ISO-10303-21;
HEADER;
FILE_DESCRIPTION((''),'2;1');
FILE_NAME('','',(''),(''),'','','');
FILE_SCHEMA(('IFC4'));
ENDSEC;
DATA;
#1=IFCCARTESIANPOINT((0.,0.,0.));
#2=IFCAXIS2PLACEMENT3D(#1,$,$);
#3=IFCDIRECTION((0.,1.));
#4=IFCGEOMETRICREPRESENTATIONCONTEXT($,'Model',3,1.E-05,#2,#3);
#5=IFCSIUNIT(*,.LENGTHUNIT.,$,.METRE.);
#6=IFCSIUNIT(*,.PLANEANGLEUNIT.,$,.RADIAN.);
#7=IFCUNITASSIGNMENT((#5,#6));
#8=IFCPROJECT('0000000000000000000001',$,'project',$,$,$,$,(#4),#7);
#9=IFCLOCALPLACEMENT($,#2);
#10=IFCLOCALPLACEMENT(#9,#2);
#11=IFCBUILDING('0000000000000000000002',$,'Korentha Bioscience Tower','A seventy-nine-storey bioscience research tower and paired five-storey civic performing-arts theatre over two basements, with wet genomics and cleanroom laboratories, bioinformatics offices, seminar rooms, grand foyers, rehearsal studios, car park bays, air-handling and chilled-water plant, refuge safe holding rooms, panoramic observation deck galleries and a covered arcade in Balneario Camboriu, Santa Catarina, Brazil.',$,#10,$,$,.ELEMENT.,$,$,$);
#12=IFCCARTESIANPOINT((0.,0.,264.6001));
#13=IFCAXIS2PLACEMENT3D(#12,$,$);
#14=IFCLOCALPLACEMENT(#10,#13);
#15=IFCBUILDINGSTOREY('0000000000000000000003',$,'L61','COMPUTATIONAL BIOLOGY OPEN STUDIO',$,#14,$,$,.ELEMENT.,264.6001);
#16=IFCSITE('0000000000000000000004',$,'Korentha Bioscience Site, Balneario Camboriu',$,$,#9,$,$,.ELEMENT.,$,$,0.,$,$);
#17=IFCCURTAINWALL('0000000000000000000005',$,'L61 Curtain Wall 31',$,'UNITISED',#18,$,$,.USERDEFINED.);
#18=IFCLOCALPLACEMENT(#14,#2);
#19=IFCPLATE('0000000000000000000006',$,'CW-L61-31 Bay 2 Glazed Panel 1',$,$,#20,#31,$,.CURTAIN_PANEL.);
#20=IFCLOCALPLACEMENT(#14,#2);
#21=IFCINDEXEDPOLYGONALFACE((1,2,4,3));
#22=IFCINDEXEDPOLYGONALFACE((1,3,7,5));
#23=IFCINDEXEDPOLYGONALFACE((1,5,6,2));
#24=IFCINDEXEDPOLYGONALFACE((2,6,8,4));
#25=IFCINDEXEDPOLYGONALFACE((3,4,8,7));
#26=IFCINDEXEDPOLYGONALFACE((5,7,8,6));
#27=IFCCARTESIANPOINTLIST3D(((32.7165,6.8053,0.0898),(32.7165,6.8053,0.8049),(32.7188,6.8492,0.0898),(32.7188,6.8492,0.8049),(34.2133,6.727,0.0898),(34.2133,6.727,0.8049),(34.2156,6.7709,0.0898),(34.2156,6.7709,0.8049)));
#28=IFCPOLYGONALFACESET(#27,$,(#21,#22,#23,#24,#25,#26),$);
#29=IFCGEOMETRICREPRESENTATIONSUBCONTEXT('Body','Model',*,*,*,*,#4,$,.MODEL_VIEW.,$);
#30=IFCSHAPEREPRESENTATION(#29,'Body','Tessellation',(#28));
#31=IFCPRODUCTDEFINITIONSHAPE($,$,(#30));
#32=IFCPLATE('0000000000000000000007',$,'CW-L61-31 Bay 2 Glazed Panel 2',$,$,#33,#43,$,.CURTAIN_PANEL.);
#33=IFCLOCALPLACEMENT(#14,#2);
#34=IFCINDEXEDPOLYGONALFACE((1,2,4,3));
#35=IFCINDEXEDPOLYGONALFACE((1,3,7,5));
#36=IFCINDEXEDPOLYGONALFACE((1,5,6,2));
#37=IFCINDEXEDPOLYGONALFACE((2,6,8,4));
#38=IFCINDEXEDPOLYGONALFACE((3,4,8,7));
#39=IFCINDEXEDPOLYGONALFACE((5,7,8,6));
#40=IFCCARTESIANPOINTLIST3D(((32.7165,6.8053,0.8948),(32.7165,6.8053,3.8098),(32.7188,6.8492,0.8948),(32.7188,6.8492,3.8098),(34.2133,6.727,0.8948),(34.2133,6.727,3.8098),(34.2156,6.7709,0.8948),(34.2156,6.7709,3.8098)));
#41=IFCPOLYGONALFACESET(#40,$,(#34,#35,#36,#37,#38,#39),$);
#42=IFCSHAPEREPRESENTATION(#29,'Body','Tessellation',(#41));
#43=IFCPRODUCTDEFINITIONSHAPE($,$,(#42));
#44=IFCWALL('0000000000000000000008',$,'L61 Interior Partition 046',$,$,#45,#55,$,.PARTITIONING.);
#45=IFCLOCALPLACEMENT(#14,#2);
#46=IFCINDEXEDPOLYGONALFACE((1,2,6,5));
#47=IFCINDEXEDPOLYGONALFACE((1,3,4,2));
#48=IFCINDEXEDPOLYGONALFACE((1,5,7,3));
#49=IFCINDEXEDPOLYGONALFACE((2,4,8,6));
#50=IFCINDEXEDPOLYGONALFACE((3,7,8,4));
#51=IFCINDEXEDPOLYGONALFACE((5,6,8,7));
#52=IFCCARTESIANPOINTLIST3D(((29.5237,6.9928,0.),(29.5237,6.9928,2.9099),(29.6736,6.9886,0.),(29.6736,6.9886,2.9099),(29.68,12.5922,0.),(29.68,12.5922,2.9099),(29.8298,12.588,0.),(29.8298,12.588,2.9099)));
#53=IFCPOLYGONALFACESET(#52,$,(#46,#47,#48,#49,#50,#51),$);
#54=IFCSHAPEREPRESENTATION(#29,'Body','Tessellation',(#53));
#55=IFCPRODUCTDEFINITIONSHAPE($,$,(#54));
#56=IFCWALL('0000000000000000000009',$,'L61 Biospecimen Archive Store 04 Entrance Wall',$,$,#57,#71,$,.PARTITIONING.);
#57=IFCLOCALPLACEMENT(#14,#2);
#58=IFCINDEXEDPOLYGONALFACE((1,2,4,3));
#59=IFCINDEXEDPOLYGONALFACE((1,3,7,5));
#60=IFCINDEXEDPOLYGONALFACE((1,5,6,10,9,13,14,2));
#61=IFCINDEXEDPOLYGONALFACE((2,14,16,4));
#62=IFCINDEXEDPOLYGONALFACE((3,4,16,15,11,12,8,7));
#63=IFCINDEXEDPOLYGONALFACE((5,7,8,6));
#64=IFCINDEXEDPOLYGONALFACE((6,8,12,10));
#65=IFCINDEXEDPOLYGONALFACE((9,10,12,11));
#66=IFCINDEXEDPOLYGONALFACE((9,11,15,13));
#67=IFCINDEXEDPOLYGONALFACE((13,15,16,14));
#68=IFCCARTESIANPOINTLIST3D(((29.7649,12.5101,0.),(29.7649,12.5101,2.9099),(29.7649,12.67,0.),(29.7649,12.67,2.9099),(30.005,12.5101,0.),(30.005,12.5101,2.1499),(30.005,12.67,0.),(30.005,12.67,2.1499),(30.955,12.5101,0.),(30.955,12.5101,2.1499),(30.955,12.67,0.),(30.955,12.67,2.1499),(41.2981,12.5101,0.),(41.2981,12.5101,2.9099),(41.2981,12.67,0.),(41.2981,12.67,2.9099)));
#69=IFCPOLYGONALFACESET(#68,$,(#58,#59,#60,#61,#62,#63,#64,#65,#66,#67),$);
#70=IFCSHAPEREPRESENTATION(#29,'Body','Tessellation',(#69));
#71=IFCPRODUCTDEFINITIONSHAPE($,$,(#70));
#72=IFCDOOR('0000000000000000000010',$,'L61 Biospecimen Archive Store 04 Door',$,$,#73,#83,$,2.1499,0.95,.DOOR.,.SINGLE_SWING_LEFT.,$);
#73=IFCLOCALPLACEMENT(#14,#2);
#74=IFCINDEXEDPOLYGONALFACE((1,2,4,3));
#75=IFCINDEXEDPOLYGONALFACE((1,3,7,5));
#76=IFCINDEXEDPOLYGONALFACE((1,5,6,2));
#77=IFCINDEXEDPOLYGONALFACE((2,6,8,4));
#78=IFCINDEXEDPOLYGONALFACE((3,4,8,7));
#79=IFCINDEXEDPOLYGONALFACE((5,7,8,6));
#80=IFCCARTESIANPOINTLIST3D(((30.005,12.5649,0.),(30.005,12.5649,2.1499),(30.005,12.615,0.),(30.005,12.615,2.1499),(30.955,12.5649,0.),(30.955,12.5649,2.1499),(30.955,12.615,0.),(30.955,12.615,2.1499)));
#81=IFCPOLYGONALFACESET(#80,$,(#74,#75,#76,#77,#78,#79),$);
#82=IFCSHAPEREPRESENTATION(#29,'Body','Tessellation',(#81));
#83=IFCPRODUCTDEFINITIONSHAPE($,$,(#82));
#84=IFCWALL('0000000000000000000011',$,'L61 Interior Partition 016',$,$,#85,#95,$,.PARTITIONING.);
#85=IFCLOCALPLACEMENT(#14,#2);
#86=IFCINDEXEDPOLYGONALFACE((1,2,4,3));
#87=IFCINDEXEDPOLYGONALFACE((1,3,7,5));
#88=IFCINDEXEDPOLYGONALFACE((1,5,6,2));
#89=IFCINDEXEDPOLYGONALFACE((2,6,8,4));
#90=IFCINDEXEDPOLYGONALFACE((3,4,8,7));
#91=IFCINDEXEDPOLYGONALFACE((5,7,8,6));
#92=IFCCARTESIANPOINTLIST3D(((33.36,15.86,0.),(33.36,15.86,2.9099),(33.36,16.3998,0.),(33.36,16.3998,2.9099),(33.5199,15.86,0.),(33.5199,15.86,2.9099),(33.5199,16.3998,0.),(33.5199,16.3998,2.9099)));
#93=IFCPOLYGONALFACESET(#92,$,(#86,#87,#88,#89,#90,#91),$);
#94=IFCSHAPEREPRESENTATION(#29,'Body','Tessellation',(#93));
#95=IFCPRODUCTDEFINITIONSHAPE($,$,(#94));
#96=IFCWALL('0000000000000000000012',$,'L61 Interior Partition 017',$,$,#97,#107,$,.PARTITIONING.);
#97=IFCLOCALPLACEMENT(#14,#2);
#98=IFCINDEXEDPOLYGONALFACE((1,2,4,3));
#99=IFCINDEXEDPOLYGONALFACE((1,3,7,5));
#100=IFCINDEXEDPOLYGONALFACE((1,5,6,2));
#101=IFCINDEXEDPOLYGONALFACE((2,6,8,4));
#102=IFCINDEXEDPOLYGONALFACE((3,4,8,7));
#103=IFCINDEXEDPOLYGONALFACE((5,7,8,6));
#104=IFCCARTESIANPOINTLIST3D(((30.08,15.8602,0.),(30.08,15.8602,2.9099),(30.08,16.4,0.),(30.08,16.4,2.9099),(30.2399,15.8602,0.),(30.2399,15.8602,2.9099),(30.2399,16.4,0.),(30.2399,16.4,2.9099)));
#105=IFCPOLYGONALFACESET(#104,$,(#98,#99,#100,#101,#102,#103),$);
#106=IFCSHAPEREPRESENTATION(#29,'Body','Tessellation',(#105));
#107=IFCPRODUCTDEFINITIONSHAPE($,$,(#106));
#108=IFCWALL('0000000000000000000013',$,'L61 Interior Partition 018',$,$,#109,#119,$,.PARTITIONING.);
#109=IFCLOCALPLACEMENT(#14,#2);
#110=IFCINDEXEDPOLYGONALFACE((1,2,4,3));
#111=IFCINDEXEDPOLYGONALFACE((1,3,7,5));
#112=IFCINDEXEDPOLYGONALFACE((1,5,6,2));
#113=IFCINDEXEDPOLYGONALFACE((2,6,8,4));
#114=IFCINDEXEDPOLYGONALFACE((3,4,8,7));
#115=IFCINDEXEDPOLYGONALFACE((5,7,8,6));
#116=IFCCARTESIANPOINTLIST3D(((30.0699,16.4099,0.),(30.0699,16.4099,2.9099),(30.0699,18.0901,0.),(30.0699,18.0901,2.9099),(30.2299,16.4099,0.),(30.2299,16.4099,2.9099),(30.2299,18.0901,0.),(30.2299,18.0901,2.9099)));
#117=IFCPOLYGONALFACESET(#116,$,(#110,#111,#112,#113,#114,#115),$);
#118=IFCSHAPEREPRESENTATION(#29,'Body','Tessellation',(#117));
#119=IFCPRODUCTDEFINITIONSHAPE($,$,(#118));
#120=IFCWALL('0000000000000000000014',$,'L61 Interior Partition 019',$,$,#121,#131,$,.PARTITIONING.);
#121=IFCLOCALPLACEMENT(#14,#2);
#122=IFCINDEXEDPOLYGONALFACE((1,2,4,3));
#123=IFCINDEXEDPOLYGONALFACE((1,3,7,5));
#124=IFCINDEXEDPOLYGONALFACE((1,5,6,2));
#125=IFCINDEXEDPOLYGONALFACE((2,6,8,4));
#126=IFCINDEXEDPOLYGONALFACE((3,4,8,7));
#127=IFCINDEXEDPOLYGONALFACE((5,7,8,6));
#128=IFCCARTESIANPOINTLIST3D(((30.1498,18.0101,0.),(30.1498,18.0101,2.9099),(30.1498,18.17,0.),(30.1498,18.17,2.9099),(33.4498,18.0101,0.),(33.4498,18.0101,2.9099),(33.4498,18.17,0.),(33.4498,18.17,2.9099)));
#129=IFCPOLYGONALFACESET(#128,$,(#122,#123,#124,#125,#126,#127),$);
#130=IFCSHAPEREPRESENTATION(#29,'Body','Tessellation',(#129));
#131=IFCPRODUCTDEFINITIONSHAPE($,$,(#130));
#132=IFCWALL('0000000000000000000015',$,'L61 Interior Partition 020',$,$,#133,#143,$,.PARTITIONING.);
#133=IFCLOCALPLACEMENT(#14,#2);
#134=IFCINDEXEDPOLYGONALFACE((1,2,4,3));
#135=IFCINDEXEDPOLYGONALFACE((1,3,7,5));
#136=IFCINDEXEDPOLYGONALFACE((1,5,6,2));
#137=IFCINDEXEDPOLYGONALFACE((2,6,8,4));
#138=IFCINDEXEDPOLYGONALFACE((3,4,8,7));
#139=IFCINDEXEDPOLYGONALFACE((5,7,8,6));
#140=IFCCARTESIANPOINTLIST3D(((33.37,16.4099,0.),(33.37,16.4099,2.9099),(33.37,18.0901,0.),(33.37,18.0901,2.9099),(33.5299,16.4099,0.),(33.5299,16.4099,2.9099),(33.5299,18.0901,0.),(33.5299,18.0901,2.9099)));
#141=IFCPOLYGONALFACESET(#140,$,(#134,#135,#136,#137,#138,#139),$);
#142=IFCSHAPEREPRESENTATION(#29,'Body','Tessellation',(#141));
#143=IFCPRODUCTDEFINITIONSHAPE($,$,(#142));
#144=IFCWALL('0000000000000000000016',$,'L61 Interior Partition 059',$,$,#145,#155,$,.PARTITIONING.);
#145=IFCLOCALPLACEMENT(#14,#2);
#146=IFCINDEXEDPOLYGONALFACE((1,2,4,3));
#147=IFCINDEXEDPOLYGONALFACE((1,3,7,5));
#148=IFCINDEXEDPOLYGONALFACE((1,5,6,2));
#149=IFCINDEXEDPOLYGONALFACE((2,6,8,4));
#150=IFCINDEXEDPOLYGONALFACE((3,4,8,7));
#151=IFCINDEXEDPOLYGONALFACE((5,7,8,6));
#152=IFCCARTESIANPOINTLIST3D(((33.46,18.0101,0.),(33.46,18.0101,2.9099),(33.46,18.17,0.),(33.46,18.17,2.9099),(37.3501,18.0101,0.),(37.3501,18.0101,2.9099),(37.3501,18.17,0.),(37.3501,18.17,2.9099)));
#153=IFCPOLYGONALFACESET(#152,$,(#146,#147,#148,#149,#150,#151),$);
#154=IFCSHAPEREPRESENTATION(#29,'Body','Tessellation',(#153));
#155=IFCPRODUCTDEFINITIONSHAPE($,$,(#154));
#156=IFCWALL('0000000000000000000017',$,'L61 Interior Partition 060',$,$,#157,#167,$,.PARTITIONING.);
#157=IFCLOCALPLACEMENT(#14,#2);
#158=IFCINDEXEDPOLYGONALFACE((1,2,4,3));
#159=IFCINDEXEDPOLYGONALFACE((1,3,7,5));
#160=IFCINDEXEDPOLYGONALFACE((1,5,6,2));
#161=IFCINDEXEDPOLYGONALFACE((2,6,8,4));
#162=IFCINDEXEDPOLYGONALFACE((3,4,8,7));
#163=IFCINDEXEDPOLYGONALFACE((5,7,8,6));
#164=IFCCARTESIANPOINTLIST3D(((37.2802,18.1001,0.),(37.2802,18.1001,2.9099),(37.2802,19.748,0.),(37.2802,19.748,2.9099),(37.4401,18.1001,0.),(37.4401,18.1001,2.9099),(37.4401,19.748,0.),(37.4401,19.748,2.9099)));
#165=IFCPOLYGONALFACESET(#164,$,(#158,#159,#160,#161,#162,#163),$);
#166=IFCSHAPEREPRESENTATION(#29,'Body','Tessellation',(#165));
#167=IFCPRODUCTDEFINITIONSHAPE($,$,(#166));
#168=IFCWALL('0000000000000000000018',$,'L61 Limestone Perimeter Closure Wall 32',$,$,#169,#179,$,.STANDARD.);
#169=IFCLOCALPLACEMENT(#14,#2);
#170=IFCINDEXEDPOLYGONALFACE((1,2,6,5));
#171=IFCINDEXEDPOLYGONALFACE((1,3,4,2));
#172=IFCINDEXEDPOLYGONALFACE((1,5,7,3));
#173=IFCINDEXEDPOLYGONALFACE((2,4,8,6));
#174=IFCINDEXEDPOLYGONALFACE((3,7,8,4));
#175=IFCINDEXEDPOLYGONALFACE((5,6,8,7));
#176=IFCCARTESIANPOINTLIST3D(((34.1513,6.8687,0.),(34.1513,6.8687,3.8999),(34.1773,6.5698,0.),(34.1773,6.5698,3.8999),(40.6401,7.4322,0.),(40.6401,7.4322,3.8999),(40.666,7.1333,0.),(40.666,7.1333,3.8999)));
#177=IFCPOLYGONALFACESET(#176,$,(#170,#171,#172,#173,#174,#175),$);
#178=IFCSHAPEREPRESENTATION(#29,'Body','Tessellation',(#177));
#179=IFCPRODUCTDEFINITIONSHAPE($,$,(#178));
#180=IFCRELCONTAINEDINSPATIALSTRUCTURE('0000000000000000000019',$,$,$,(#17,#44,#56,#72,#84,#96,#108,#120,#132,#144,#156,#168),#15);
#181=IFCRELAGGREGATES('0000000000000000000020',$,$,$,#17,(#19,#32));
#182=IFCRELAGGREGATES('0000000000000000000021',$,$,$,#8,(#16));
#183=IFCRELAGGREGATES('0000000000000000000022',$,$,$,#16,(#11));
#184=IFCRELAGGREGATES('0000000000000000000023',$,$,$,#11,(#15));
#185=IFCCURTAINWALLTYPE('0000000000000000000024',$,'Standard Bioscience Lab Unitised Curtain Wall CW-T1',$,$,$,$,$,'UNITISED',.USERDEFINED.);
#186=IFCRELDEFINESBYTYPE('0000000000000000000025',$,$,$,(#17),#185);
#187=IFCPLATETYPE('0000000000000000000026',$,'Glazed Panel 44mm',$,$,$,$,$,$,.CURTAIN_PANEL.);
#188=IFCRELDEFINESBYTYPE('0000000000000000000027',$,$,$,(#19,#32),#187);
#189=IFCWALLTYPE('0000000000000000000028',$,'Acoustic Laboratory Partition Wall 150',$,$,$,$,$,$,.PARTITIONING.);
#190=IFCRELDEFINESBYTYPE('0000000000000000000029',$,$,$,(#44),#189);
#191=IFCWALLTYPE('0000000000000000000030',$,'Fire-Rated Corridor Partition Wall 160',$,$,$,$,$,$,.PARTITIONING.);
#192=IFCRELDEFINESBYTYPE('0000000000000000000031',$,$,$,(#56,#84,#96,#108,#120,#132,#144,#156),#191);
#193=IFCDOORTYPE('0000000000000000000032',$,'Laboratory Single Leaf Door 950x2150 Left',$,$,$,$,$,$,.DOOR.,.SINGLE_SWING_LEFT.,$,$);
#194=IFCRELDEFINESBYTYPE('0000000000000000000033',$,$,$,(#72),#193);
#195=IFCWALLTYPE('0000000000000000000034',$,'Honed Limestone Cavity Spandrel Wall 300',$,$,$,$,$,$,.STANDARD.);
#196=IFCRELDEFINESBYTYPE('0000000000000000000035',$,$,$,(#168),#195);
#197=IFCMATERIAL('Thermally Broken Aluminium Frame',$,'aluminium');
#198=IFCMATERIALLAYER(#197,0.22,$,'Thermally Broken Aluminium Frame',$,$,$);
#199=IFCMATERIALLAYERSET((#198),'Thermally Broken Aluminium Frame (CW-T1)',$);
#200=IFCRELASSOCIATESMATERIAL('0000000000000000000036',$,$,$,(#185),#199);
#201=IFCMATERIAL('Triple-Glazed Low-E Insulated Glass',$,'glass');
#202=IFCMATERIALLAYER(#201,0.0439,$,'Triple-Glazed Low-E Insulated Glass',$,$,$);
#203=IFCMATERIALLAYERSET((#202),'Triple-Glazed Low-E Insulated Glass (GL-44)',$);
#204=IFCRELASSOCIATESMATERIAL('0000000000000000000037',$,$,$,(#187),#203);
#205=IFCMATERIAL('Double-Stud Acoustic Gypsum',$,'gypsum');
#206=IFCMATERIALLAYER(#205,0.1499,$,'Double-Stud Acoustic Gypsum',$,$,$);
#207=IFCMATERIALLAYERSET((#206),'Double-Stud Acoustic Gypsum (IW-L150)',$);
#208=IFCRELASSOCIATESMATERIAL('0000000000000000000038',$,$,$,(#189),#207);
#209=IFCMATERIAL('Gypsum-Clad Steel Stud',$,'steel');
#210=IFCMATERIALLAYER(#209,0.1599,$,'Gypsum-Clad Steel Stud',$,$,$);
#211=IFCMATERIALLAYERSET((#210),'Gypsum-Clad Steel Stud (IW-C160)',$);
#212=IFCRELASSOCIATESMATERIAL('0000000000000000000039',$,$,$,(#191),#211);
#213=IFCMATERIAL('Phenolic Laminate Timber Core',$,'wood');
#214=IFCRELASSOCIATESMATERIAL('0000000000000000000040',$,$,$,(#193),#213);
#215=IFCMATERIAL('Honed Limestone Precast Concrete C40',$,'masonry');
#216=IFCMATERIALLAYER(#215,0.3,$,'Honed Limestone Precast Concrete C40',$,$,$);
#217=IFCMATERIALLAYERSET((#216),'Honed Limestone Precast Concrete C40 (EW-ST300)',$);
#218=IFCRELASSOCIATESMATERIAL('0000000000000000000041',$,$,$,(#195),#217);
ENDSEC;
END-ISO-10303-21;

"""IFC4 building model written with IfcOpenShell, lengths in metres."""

from ifc_helpers import new_model, si_unit, direction, frame, frame_2d, origin, origin_2d, place, context, subcontext, project, spatial, rectangle, extrude, material, layer, layer_set, type_object, element, fill, aggregate, save


model = new_model("IFC4")

# Units and contexts
model_context = context("Model", 3, precision=1e-05, world=origin(), true_north=direction((0.0, 1.0)))
body_context = subcontext(model_context, "Body", "Model", "MODEL_VIEW")
ifc_project = project(units=[si_unit("LENGTHUNIT", "METRE"), si_unit("PLANEANGLEUNIT", "RADIAN")], contexts=[model_context])

# Site, building, storey
site_placement = place(None, origin())
site = spatial("IfcSite", under=ifc_project, at=site_placement, Name="Korentha Bioscience Site, Balneario Camboriu", CompositionType="ELEMENT", RefElevation=0.0)
building_placement = place(site_placement, origin())
building = spatial("IfcBuilding", under=site, at=building_placement, Name="Korentha Bioscience Tower", Description="A seventy-nine-storey bioscience research tower and paired five-storey civic performing-arts theatre over two basements, with wet genomics and cleanroom laboratories, bioinformatics offices, seminar rooms, grand foyers, rehearsal studios, car park bays, air-handling and chilled-water plant, refuge safe holding rooms, panoramic observation deck galleries and a covered arcade in Balneario Camboriu, Santa Catarina, Brazil.", CompositionType="ELEMENT")
storey_placement = place(building_placement, frame((0.0, 0.0, 264.6001)))
storey = spatial("IfcBuildingStorey", under=building, at=storey_placement, Name="L61", Description="COMPUTATIONAL BIOLOGY OPEN STUDIO", CompositionType="ELEMENT", Elevation=264.6001)

# Curtain wall
ifc_material_1 = material(Name="Thermally Broken Aluminium Frame", Category="aluminium")
ifc_layer_1 = layer(ifc_material_1, 0.22, Name="Thermally Broken Aluminium Frame")
ifc_layer_set_1 = layer_set([ifc_layer_1], Name="Thermally Broken Aluminium Frame (CW-T1)")
curtain_wall_type = type_object("IfcCurtainWallType", Name="Standard Bioscience Lab Unitised Curtain Wall CW-T1", ElementType="UNITISED", PredefinedType="USERDEFINED", material=ifc_layer_set_1)
curtain_wall_placement = place(storey_placement, origin())
curtain_wall = element("IfcCurtainWall", 1, at=curtain_wall_placement, inside=storey, type_object=curtain_wall_type, Name="L61 Curtain Wall 31", ObjectType="UNITISED", PredefinedType="USERDEFINED")

# Plates
ifc_material_2 = material(Name="Triple-Glazed Low-E Insulated Glass", Category="glass")
ifc_layer_2 = layer(ifc_material_2, 0.0439, Name="Triple-Glazed Low-E Insulated Glass")
ifc_layer_set_2 = layer_set([ifc_layer_2], Name="Triple-Glazed Low-E Insulated Glass (GL-44)")
plate_type = type_object("IfcPlateType", Name="Glazed Panel 44mm", PredefinedType="CURTAIN_PANEL", material=ifc_layer_set_2)
plate_1_placement = place(storey_placement, frame((33.4661, 6.7881, 0.0898), z_axis=(0.0, 0.0, 1.0), x_axis=(0.998636, -0.05221, 0.0)))
plate_1 = element("IfcPlate", 2, at=plate_1_placement, type_object=plate_type, Name="CW-L61-31 Bay 2 Glazed Panel 1", PredefinedType="CURTAIN_PANEL", context=body_context, shape_type="SweptSolid", body=[
    extrude(rectangle(XDim=1.4988, YDim=0.0439, at=origin_2d()), origin(), (0.0, 0.0, 1.0), 0.7151),
])
plate_2_placement = place(storey_placement, frame((33.4661, 6.7881, 0.8948), z_axis=(0.0, 0.0, 1.0), x_axis=(0.998636, -0.05221, 0.0)))
plate_2 = element("IfcPlate", 3, at=plate_2_placement, type_object=plate_type, Name="CW-L61-31 Bay 2 Glazed Panel 2", PredefinedType="CURTAIN_PANEL", context=body_context, shape_type="SweptSolid", body=[
    extrude(rectangle(XDim=1.4988, YDim=0.0439, at=origin_2d()), origin(), (0.0, 0.0, 1.0), 2.915),
])
aggregate(curtain_wall, [plate_1, plate_2])

# Wall
ifc_material_3 = material(Name="Double-Stud Acoustic Gypsum", Category="gypsum")
ifc_layer_3 = layer(ifc_material_3, 0.1499, Name="Double-Stud Acoustic Gypsum")
ifc_layer_set_3 = layer_set([ifc_layer_3], Name="Double-Stud Acoustic Gypsum (IW-L150)")
wall_type_1 = type_object("IfcWallType", Name="Acoustic Laboratory Partition Wall 150", PredefinedType="PARTITIONING", material=ifc_layer_set_3)
wall_1_placement = place(storey_placement, frame((29.7549, 12.5901, 0.0), z_axis=(0.0, 0.0, 1.0), x_axis=(-0.027894, -0.999611, 0.0)))
element("IfcWall", 4, at=wall_1_placement, inside=storey, type_object=wall_type_1, Name="L61 Interior Partition 046", PredefinedType="PARTITIONING", context=body_context, shape_type="SweptSolid", body=[
    extrude(rectangle(XDim=5.6016, YDim=0.1499, at=frame_2d((2.8008, 0.0))), origin(), (0.0, 0.0, 1.0), 2.9099),
])

# Wall, opening, door
ifc_material_4 = material(Name="Gypsum-Clad Steel Stud", Category="steel")
ifc_layer_4 = layer(ifc_material_4, 0.1599, Name="Gypsum-Clad Steel Stud")
ifc_layer_set_4 = layer_set([ifc_layer_4], Name="Gypsum-Clad Steel Stud (IW-C160)")
wall_type_2 = type_object("IfcWallType", Name="Fire-Rated Corridor Partition Wall 160", PredefinedType="PARTITIONING", material=ifc_layer_set_4)
ifc_material_5 = material(Name="Phenolic Laminate Timber Core", Category="wood")
wall_2_placement = place(storey_placement, frame((29.7649, 12.5901, 0.0), z_axis=(0.0, 0.0, 1.0), x_axis=(1.0, 0.0, 0.0)))
wall_2 = element("IfcWall", 5, at=wall_2_placement, inside=storey, type_object=wall_type_2, Name="L61 Biospecimen Archive Store 04 Entrance Wall", PredefinedType="PARTITIONING", context=body_context, shape_type="SweptSolid", body=[
    extrude(rectangle(XDim=11.5332, YDim=0.1599, at=frame_2d((5.7666, 0.0))), origin(), (0.0, 0.0, 1.0), 2.9099),
])
opening_1_placement = place(wall_2_placement, frame((0.24, 0.0, 0.0)))
opening_1 = element("IfcOpeningElement", 6, at=opening_1_placement, cuts=wall_2, PredefinedType="OPENING", context=body_context, shape_type="SweptSolid", body=[
    extrude(rectangle(XDim=0.95, YDim=2.1499, at=frame_2d((0.4751, 1.075))), frame((0.0, 0.0947, 0.0), z_axis=(0.0, -1.0, 0.0), x_axis=(1.0, 0.0, 0.0)), (0.0, 0.0, 1.0), 0.1897),
])
door_type_1 = type_object("IfcDoorType", Name="Laboratory Single Leaf Door 950x2150 Left", OperationType="SINGLE_SWING_LEFT", PredefinedType="DOOR", material=ifc_material_5)
door_1_placement = place(opening_1_placement, origin())
door_1 = element("IfcDoor", 7, at=door_1_placement, inside=storey, type_object=door_type_1, Name="L61 Biospecimen Archive Store 04 Door", OperationType="SINGLE_SWING_LEFT", OverallHeight=2.1499, OverallWidth=0.95, PredefinedType="DOOR", context=body_context, shape_type="SweptSolid", body=[
    extrude(rectangle(XDim=0.95, YDim=2.1499, at=frame_2d((0.4751, 1.075))), frame((0.0, 0.0249, 0.0), z_axis=(0.0, -1.0, 0.0), x_axis=(1.0, 0.0, 0.0)), (0.0, 0.0, 1.0), 0.05),
])
fill(opening_1, door_1)

# Walls
for number, where, z_axis, x_axis, name in (
    (8, (33.4399, 16.3999, 0.0), (0.0, 0.0, 1.0), (0.0, -1.0, 0.0), "L61 Interior Partition 016"),
    (9, (30.1599, 15.8601, 0.0), (0.0, 0.0, 1.0), (0.0, 1.0, 0.0), "L61 Interior Partition 017"),
):
    element("IfcWall", number, at=place(storey_placement, frame(where, z_axis=z_axis, x_axis=x_axis)), inside=storey, type_object=wall_type_2, Name=name, PredefinedType="PARTITIONING", context=body_context, shape_type="SweptSolid", body=[
        extrude(rectangle(XDim=0.5398, YDim=0.1599, at=frame_2d((0.27, 0.0))), origin(), (0.0, 0.0, 1.0), 2.9099),
    ])
wall_3_placement = place(storey_placement, frame((30.1499, 16.4099, 0.0), z_axis=(0.0, 0.0, 1.0), x_axis=(0.0, 1.0, 0.0)))
element("IfcWall", 10, at=wall_3_placement, inside=storey, type_object=wall_type_2, Name="L61 Interior Partition 018", PredefinedType="PARTITIONING", context=body_context, shape_type="SweptSolid", body=[
    extrude(rectangle(XDim=1.6802, YDim=0.1599, at=frame_2d((0.8401, 0.0))), origin(), (0.0, 0.0, 1.0), 2.9099),
])
wall_4_placement = place(storey_placement, frame((30.1499, 18.0901, 0.0), z_axis=(0.0, 0.0, 1.0), x_axis=(1.0, 0.0, 0.0)))
element("IfcWall", 11, at=wall_4_placement, inside=storey, type_object=wall_type_2, Name="L61 Interior Partition 019", PredefinedType="PARTITIONING", context=body_context, shape_type="SweptSolid", body=[
    extrude(rectangle(XDim=3.3, YDim=0.1599, at=frame_2d((1.6499, 0.0))), origin(), (0.0, 0.0, 1.0), 2.9099),
])
wall_5_placement = place(storey_placement, frame((33.45, 18.0901, 0.0), z_axis=(0.0, 0.0, 1.0), x_axis=(0.0, -1.0, 0.0)))
element("IfcWall", 12, at=wall_5_placement, inside=storey, type_object=wall_type_2, Name="L61 Interior Partition 020", PredefinedType="PARTITIONING", context=body_context, shape_type="SweptSolid", body=[
    extrude(rectangle(XDim=1.6802, YDim=0.1599, at=frame_2d((0.8401, 0.0))), origin(), (0.0, 0.0, 1.0), 2.9099),
])
wall_6_placement = place(storey_placement, frame((33.46, 18.0901, 0.0), z_axis=(0.0, 0.0, 1.0), x_axis=(1.0, 0.0, 0.0)))
element("IfcWall", 13, at=wall_6_placement, inside=storey, type_object=wall_type_2, Name="L61 Interior Partition 059", PredefinedType="PARTITIONING", context=body_context, shape_type="SweptSolid", body=[
    extrude(rectangle(XDim=3.8901, YDim=0.1599, at=frame_2d((1.9451, 0.0))), origin(), (0.0, 0.0, 1.0), 2.9099),
])
wall_7_placement = place(storey_placement, frame((37.3601, 18.1001, 0.0), z_axis=(0.0, 0.0, 1.0), x_axis=(0.0, 1.0, 0.0)))
element("IfcWall", 14, at=wall_7_placement, inside=storey, type_object=wall_type_2, Name="L61 Interior Partition 060", PredefinedType="PARTITIONING", context=body_context, shape_type="SweptSolid", body=[
    extrude(rectangle(XDim=1.6479, YDim=0.1599, at=frame_2d((0.824, 0.0))), origin(), (0.0, 0.0, 1.0), 2.9099),
])
ifc_material_6 = material(Name="Honed Limestone Precast Concrete C40", Category="masonry")
ifc_layer_5 = layer(ifc_material_6, 0.3, Name="Honed Limestone Precast Concrete C40")
ifc_layer_set_5 = layer_set([ifc_layer_5], Name="Honed Limestone Precast Concrete C40 (EW-ST300)")
wall_type_3 = type_object("IfcWallType", Name="Honed Limestone Cavity Spandrel Wall 300", PredefinedType="STANDARD", material=ifc_layer_set_5)
wall_8_placement = place(storey_placement, frame((34.1643, 6.7192, 0.0), z_axis=(0.0, 0.0, 1.0), x_axis=(0.996251, 0.086513, 0.0)))
element("IfcWall", 15, at=wall_8_placement, inside=storey, type_object=wall_type_3, Name="L61 Limestone Perimeter Closure Wall 32", PredefinedType="STANDARD", context=body_context, shape_type="SweptSolid", body=[
    extrude(rectangle(XDim=6.5132, YDim=0.3, at=frame_2d((3.2566, 0.0))), origin(), (0.0, 0.0, 1.0), 3.8999),
])

save(model, "model.ifc")
